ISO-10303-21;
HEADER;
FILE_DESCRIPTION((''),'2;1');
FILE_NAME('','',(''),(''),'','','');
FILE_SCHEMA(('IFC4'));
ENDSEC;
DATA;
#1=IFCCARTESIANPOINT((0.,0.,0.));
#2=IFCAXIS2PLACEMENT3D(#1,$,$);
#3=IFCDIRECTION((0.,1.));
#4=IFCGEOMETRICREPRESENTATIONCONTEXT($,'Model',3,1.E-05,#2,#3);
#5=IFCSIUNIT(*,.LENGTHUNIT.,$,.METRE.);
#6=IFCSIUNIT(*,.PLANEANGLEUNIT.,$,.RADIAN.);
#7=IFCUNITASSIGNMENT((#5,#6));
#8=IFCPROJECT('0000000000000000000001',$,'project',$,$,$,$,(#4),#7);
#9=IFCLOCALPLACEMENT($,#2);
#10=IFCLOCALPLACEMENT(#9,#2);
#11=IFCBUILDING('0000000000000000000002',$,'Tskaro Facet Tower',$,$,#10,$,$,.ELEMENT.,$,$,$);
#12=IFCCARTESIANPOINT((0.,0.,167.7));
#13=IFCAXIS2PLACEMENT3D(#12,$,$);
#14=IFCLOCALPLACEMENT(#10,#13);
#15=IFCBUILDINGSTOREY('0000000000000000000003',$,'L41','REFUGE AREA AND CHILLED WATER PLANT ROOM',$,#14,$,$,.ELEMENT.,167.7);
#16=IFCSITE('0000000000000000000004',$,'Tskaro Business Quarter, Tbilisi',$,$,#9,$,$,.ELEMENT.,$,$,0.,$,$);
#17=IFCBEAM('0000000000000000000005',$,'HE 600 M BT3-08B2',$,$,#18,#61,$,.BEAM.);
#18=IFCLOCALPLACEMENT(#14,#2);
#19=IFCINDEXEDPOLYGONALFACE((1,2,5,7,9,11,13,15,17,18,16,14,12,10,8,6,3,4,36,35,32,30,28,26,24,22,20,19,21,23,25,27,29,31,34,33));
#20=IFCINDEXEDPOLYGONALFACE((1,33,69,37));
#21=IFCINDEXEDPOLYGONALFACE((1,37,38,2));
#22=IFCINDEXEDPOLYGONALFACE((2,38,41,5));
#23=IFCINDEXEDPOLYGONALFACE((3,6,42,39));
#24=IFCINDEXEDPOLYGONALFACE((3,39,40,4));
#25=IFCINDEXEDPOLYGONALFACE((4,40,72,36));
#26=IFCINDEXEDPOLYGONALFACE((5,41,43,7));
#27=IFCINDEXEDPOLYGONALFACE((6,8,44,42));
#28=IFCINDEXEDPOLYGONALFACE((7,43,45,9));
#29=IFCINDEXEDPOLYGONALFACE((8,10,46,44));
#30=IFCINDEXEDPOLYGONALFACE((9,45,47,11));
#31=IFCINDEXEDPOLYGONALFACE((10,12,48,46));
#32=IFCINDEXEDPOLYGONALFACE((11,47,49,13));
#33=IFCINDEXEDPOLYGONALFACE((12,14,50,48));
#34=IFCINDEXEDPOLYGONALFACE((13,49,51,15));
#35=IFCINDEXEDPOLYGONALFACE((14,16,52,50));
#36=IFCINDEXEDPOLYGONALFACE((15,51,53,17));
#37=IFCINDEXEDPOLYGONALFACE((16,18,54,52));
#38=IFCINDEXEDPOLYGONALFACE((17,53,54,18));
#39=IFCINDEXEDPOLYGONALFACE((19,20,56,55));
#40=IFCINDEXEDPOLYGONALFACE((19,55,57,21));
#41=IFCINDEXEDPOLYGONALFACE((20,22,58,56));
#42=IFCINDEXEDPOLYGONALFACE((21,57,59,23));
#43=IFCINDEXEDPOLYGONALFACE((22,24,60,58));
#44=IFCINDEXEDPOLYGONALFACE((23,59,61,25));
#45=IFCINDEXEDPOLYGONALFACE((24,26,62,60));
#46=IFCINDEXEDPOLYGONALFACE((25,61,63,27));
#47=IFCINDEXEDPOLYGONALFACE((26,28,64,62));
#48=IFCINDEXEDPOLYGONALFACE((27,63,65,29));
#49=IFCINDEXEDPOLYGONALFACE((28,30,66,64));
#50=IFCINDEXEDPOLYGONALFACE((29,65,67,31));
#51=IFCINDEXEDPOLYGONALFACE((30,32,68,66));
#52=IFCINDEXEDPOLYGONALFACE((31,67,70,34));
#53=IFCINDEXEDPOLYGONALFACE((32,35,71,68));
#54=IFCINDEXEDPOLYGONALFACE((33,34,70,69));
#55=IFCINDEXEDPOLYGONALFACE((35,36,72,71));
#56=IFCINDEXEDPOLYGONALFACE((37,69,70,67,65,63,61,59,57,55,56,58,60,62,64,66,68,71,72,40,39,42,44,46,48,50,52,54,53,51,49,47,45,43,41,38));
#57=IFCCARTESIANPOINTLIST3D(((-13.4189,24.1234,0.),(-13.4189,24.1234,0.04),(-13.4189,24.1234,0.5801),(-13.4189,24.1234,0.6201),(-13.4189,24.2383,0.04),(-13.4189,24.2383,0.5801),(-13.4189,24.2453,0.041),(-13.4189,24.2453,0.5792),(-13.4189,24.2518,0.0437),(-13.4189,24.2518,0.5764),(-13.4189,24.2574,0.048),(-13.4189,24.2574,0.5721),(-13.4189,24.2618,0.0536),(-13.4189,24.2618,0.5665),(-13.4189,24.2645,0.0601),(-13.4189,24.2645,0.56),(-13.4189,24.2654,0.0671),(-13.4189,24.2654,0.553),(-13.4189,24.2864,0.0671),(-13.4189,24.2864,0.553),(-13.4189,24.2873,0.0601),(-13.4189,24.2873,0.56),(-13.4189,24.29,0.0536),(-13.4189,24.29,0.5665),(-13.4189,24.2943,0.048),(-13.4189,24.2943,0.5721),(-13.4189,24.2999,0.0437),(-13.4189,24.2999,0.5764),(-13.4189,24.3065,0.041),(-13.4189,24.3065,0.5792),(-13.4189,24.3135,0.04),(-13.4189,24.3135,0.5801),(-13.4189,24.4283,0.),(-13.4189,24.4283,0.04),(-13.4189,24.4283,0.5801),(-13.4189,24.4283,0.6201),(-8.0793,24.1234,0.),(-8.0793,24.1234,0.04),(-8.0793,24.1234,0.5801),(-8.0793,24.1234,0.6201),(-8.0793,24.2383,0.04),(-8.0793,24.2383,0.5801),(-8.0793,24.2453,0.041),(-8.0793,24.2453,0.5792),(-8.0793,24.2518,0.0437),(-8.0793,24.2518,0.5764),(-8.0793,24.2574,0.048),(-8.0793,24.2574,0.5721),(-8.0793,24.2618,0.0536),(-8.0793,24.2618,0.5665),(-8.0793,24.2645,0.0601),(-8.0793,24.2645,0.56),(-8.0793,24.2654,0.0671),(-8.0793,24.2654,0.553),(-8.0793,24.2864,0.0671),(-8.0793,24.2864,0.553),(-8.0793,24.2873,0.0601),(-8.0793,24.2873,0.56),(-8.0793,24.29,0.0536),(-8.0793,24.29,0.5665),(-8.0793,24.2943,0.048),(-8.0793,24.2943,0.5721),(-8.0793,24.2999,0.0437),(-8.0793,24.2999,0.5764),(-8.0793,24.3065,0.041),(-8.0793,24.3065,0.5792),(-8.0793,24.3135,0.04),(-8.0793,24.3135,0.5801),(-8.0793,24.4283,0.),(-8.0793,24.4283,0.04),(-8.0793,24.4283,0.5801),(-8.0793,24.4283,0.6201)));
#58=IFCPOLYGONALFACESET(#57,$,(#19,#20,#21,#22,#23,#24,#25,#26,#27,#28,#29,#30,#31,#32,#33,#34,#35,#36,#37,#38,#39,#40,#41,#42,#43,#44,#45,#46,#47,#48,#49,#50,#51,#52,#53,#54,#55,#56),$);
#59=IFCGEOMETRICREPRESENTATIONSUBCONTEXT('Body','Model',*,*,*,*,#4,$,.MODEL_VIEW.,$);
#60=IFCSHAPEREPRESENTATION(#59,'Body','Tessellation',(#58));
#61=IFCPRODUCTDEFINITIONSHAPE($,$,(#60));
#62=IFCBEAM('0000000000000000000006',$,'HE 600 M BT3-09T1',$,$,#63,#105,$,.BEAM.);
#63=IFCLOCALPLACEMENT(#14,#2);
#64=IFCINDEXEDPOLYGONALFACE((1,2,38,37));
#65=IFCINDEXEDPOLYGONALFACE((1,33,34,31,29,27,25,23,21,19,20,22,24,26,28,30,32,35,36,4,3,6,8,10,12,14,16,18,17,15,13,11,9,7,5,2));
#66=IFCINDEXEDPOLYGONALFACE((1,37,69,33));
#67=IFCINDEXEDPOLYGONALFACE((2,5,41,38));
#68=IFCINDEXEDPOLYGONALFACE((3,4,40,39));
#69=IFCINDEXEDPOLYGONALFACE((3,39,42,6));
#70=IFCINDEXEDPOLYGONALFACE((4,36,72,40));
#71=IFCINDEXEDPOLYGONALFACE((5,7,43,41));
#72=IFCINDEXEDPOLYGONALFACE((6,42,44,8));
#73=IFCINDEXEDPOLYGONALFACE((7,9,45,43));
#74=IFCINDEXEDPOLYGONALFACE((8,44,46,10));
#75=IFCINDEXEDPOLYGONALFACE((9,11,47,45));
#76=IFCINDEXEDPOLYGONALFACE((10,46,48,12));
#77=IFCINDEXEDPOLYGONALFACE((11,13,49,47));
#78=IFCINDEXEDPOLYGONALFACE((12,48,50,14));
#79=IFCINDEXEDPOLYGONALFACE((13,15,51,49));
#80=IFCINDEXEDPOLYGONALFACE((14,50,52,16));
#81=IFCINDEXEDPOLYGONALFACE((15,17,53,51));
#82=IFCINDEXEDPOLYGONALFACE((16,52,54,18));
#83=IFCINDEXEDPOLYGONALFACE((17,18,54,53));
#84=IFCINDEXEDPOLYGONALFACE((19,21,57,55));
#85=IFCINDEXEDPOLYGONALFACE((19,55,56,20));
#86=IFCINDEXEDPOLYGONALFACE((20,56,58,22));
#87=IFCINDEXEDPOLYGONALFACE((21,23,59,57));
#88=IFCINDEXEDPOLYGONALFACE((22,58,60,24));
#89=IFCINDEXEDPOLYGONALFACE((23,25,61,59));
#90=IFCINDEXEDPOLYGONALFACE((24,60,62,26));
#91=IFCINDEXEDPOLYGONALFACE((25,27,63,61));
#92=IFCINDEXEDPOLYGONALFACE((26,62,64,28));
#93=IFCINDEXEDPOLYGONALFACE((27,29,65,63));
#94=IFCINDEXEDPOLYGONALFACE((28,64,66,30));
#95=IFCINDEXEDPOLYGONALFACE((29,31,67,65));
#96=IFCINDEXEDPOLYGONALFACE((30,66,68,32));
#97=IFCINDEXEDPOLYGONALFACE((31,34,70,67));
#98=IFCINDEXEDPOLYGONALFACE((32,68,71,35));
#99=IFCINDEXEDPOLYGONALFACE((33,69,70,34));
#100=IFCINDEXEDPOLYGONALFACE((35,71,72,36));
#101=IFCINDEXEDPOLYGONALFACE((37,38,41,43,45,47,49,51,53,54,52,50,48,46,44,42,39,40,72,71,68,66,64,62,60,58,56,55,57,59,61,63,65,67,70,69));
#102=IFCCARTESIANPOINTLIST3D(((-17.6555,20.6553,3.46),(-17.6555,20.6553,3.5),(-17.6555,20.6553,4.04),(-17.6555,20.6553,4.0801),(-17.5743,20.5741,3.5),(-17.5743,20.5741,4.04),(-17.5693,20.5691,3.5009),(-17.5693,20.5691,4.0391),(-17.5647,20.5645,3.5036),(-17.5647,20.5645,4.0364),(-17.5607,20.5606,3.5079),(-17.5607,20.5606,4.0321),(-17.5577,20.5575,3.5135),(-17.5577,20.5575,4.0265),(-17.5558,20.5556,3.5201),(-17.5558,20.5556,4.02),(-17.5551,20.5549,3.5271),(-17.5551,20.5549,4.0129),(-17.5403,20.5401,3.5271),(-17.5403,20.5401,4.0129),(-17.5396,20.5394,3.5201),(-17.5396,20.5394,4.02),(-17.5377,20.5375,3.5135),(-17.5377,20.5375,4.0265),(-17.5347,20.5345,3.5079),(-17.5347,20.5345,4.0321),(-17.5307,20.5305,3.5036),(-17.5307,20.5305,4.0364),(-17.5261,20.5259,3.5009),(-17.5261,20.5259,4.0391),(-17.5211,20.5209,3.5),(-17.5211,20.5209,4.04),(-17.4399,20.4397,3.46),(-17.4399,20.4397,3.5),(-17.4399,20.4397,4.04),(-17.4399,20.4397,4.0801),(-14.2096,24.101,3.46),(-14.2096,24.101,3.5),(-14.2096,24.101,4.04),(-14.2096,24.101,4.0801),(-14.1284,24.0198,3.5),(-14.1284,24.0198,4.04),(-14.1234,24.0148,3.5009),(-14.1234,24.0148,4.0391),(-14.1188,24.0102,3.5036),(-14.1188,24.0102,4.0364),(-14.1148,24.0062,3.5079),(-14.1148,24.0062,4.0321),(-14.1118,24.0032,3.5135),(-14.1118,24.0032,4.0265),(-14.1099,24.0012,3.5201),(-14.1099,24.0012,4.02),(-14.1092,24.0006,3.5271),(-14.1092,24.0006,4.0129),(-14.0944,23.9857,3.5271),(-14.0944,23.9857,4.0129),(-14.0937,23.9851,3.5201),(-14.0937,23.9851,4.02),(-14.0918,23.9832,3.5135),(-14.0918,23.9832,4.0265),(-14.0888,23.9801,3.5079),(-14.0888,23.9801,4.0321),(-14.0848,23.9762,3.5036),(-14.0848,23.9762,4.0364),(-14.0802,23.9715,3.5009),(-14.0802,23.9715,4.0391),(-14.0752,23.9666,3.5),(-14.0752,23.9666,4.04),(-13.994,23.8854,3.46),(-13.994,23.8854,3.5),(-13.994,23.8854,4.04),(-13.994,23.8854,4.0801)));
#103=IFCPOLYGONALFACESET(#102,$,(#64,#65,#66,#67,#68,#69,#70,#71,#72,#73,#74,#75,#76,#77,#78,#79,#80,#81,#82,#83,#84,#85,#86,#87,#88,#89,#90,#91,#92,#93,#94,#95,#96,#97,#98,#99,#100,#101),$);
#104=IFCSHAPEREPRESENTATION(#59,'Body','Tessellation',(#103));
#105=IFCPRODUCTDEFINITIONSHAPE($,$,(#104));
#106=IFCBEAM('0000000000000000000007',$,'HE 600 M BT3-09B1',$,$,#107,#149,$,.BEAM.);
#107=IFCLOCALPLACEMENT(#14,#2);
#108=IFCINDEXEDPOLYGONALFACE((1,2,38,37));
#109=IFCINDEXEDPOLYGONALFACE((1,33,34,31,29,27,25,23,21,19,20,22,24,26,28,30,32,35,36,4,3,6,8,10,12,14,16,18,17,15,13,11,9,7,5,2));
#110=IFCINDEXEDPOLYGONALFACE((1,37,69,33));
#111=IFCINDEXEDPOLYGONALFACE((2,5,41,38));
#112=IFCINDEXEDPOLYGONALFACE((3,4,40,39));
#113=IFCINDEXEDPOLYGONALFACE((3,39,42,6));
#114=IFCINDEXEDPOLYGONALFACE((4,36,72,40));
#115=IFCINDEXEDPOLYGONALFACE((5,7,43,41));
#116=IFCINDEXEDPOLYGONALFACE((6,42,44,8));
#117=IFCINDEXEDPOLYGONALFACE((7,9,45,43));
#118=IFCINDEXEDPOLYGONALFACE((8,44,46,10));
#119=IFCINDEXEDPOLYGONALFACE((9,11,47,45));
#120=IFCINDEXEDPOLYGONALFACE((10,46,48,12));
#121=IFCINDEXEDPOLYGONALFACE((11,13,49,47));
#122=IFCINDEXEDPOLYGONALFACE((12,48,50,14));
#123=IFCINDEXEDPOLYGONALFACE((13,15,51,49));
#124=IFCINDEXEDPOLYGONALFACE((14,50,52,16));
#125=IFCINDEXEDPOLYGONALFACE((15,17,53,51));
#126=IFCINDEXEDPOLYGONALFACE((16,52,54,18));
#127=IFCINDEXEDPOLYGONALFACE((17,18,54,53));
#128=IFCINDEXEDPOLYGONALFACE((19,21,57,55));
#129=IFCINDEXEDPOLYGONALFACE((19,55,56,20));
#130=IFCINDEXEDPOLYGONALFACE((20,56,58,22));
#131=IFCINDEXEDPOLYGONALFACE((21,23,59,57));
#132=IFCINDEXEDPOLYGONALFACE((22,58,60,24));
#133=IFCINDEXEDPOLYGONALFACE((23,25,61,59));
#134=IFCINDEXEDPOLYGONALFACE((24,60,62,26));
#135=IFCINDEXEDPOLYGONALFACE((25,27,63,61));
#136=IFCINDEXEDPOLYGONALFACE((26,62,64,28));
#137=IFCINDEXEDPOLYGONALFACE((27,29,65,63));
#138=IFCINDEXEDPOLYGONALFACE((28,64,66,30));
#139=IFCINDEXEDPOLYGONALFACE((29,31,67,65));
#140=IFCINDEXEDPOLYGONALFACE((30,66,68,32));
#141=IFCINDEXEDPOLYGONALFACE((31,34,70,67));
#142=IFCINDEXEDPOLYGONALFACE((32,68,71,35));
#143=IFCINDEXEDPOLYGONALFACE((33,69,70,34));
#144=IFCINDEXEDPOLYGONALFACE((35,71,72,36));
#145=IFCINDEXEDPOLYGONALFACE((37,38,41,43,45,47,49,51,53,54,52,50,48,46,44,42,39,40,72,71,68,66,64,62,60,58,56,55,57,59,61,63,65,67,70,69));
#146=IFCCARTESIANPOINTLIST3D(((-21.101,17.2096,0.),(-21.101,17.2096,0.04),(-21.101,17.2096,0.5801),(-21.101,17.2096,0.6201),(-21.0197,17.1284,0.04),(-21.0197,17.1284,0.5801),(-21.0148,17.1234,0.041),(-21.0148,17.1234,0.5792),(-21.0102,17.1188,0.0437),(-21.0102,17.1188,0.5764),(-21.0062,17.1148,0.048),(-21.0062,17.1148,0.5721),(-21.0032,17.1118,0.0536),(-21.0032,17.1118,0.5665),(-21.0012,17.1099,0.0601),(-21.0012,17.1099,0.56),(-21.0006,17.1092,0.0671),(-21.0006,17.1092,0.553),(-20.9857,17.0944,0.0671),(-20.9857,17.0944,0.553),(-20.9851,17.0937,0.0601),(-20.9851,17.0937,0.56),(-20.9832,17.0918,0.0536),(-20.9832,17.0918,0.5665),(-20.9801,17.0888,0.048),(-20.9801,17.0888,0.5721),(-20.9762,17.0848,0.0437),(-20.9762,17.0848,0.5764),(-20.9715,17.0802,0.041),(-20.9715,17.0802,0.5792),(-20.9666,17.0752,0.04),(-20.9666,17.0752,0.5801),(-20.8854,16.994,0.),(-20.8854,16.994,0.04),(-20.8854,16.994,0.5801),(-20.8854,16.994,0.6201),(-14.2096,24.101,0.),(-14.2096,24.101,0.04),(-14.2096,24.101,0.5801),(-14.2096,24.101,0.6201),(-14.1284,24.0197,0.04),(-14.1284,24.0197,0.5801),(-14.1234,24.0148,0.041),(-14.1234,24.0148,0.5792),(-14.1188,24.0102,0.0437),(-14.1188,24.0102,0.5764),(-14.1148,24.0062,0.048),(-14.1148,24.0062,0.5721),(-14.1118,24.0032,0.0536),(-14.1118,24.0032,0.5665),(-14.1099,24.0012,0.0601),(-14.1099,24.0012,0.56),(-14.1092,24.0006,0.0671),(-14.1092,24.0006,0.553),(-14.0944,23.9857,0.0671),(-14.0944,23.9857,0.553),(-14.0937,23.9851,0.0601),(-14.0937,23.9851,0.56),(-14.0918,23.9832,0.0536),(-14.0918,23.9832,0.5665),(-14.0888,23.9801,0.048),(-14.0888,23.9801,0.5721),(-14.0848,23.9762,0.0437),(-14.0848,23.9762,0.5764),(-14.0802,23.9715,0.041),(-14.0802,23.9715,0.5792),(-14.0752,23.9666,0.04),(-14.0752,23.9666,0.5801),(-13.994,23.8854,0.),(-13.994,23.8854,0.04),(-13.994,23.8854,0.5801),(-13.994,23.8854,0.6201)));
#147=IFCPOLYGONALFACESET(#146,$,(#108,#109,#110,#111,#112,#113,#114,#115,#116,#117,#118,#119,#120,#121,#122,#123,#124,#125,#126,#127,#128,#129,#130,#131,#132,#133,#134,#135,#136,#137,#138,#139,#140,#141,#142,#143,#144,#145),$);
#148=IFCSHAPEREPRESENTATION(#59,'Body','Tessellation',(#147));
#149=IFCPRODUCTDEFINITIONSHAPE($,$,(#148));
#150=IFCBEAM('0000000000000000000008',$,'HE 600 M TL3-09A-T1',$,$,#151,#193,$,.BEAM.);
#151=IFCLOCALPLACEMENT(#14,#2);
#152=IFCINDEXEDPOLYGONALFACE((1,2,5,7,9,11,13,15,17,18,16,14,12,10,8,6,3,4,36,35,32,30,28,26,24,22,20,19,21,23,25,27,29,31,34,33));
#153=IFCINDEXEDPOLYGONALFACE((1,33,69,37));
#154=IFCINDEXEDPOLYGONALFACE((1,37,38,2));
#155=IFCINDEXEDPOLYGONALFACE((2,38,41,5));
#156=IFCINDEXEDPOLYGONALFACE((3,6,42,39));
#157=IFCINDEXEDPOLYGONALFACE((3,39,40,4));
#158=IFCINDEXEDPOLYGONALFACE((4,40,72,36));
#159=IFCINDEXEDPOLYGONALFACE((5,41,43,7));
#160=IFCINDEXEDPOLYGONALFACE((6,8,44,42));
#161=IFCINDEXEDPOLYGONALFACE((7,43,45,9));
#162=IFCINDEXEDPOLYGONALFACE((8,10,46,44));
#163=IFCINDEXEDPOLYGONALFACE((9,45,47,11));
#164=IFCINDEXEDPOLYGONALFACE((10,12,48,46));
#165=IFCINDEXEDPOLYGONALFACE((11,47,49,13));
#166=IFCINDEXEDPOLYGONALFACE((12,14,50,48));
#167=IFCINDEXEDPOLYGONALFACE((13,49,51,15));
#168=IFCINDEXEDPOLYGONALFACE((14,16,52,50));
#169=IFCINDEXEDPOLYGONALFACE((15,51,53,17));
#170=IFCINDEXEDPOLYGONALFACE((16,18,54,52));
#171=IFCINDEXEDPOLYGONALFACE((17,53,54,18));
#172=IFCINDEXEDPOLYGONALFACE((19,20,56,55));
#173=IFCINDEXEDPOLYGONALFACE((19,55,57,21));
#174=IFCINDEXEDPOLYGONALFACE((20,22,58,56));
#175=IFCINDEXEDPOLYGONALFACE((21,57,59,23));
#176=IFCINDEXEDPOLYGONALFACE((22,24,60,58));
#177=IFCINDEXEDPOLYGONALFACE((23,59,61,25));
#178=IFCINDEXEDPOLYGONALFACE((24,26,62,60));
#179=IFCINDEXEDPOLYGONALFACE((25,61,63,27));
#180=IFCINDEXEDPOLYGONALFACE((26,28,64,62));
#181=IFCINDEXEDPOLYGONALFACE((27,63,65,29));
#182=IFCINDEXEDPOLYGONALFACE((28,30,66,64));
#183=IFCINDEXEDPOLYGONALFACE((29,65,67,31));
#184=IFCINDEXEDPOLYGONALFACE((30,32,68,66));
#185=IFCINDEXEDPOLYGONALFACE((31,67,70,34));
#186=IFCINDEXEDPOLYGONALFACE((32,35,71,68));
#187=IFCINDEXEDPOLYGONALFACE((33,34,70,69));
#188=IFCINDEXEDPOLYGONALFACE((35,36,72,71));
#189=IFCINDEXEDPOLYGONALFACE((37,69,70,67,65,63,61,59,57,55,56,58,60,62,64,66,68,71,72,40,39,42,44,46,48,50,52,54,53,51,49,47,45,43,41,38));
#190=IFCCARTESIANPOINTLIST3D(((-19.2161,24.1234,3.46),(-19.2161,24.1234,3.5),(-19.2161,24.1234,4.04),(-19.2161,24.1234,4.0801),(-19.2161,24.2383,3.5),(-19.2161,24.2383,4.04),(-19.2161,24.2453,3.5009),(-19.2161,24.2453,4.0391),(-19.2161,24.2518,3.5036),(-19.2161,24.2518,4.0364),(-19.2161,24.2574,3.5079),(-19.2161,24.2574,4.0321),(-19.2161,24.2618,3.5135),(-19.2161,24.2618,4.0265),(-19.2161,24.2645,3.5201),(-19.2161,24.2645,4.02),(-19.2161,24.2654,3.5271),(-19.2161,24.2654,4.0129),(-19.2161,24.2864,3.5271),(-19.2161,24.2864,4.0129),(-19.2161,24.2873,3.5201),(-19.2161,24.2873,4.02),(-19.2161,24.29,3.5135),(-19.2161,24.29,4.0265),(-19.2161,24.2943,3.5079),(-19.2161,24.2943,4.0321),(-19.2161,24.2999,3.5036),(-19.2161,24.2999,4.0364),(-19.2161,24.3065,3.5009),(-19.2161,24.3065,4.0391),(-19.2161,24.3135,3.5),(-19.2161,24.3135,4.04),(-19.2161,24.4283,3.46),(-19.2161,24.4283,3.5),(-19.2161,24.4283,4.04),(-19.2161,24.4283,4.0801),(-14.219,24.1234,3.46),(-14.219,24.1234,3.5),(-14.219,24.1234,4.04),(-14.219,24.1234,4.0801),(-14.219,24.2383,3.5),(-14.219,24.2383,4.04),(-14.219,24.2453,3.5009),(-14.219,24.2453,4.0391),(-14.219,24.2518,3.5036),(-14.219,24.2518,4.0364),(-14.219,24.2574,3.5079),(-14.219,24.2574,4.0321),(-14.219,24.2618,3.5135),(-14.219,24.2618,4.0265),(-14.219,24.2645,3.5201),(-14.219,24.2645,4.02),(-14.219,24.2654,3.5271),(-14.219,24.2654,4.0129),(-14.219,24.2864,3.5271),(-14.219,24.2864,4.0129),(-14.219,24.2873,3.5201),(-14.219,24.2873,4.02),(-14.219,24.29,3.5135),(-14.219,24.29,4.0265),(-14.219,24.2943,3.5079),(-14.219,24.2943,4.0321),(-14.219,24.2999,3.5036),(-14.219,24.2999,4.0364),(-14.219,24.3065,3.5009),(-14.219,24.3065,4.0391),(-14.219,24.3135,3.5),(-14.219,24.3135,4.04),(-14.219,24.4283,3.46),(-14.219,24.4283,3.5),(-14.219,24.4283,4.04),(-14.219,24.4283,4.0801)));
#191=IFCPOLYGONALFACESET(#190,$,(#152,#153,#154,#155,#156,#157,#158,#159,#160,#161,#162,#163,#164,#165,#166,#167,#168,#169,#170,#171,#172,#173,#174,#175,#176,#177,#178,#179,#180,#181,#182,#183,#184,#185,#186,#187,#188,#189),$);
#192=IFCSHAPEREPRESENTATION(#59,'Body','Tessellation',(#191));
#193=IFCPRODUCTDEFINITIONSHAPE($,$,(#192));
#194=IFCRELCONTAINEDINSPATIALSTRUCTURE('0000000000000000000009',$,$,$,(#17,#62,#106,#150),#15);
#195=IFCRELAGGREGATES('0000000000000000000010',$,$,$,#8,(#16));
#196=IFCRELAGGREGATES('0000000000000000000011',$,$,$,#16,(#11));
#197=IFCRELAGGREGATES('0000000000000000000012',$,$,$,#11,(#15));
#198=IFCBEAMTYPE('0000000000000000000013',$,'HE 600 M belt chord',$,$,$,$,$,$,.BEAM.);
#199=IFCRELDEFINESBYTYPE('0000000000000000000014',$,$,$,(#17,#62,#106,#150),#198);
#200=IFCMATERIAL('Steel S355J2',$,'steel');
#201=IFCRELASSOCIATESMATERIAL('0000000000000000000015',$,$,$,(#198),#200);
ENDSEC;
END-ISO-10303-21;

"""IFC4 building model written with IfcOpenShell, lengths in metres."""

from ifc_helpers import new_model, si_unit, direction, frame, origin, origin_2d, place, context, subcontext, project, spatial, i_section, extrude, material, material_profile, profile_set, type_object, element, save


model = new_model("IFC4")

# Units and contexts
model_context = context("Model", 3, precision=1e-05, world=origin(), true_north=direction((0.0, 1.0)))
body_context = subcontext(model_context, "Body", "Model", "MODEL_VIEW")
ifc_project = project(units=[si_unit("LENGTHUNIT", "METRE"), si_unit("PLANEANGLEUNIT", "RADIAN")], contexts=[model_context])

# Site, building, storey
site_placement = place(None, origin())
site = spatial("IfcSite", under=ifc_project, at=site_placement, Name="Tskaro Business Quarter, Tbilisi", CompositionType="ELEMENT", RefElevation=0.0)
building_placement = place(site_placement, origin())
building = spatial("IfcBuilding", under=site, at=building_placement, Name="Tskaro Facet Tower", CompositionType="ELEMENT")
storey_placement = place(building_placement, frame((0.0, 0.0, 167.7)))
storey = spatial("IfcBuildingStorey", under=building, at=storey_placement, Name="L41", Description="REFUGE AREA AND CHILLED WATER PLANT ROOM", CompositionType="ELEMENT", Elevation=167.7)

# Shared definitions
ifc_material_1 = material(Name="Steel S355J2", Category="steel")

# Beams
ifc_material_profile_1 = material_profile(ifc_material_1, i_section(OverallWidth=0.3049, OverallDepth=0.6201, WebThickness=0.021, FlangeThickness=0.04, FilletRadius=0.0271, at=origin_2d()), Name="HE 600 M")
ifc_profile_set_1 = profile_set([ifc_material_profile_1], Name="Steel S355J2")
beam_type_1 = type_object("IfcBeamType", Name="HE 600 M belt chord", PredefinedType="BEAM", material=ifc_profile_set_1)
beam_1_placement = place(storey_placement, frame((-8.0793, 24.2759, 0.3101), z_axis=(-1.0, 0.0, 0.0), x_axis=(0.0, -1.0, 0.0)))
element("IfcBeam", 1, at=beam_1_placement, inside=storey, type_object=beam_type_1, Name="HE 600 M BT3-08B2", PredefinedType="BEAM", context=body_context, shape_type="SweptSolid", body=[
    extrude(i_section(OverallWidth=0.3049, OverallDepth=0.6201, WebThickness=0.021, FlangeThickness=0.04, FilletRadius=0.0271, at=origin_2d()), origin(), (0.0, 0.0, 1.0), 5.3396),
])
beam_2_placement = place(storey_placement, frame((-14.1018, 23.9932, 3.77), z_axis=(-0.707132, -0.707082, 0.0), x_axis=(0.707082, -0.707132, 0.0)))
element("IfcBeam", 2, at=beam_2_placement, inside=storey, type_object=beam_type_1, Name="HE 600 M BT3-09T1", PredefinedType="BEAM", context=body_context, shape_type="SweptSolid", body=[
    extrude(i_section(OverallWidth=0.3049, OverallDepth=0.6201, WebThickness=0.021, FlangeThickness=0.04, FilletRadius=0.0271, at=origin_2d()), origin(), (0.0, 0.0, 1.0), 4.873),
])
beam_3_placement = place(storey_placement, frame((-14.1018, 23.9932, 0.3101), z_axis=(-0.707107, -0.707107, 0.0), x_axis=(0.707107, -0.707107, 0.0)))
element("IfcBeam", 3, at=beam_3_placement, inside=storey, type_object=beam_type_1, Name="HE 600 M BT3-09B1", PredefinedType="BEAM", context=body_context, shape_type="SweptSolid", body=[
    extrude(i_section(OverallWidth=0.3049, OverallDepth=0.6201, WebThickness=0.021, FlangeThickness=0.04, FilletRadius=0.0271, at=origin_2d()), origin(), (0.0, 0.0, 1.0), 9.7458),
])
for number, where, z_axis, x_axis, name in (
    (4, (-14.219, 24.2759, 3.77), (-1.0, 0.0, 0.0), (0.0, -1.0, 0.0), "HE 600 M TL3-09A-T1"),
):
    element("IfcBeam", number, at=place(storey_placement, frame(where, z_axis=z_axis, x_axis=x_axis)), inside=storey, type_object=beam_type_1, Name=name, PredefinedType="BEAM", context=body_context, shape_type="SweptSolid", body=[
        extrude(i_section(OverallWidth=0.3049, OverallDepth=0.6201, WebThickness=0.021, FlangeThickness=0.04, FilletRadius=0.0271, at=origin_2d()), origin(), (0.0, 0.0, 1.0), 4.9971),
    ])

save(model, "model.ifc")
